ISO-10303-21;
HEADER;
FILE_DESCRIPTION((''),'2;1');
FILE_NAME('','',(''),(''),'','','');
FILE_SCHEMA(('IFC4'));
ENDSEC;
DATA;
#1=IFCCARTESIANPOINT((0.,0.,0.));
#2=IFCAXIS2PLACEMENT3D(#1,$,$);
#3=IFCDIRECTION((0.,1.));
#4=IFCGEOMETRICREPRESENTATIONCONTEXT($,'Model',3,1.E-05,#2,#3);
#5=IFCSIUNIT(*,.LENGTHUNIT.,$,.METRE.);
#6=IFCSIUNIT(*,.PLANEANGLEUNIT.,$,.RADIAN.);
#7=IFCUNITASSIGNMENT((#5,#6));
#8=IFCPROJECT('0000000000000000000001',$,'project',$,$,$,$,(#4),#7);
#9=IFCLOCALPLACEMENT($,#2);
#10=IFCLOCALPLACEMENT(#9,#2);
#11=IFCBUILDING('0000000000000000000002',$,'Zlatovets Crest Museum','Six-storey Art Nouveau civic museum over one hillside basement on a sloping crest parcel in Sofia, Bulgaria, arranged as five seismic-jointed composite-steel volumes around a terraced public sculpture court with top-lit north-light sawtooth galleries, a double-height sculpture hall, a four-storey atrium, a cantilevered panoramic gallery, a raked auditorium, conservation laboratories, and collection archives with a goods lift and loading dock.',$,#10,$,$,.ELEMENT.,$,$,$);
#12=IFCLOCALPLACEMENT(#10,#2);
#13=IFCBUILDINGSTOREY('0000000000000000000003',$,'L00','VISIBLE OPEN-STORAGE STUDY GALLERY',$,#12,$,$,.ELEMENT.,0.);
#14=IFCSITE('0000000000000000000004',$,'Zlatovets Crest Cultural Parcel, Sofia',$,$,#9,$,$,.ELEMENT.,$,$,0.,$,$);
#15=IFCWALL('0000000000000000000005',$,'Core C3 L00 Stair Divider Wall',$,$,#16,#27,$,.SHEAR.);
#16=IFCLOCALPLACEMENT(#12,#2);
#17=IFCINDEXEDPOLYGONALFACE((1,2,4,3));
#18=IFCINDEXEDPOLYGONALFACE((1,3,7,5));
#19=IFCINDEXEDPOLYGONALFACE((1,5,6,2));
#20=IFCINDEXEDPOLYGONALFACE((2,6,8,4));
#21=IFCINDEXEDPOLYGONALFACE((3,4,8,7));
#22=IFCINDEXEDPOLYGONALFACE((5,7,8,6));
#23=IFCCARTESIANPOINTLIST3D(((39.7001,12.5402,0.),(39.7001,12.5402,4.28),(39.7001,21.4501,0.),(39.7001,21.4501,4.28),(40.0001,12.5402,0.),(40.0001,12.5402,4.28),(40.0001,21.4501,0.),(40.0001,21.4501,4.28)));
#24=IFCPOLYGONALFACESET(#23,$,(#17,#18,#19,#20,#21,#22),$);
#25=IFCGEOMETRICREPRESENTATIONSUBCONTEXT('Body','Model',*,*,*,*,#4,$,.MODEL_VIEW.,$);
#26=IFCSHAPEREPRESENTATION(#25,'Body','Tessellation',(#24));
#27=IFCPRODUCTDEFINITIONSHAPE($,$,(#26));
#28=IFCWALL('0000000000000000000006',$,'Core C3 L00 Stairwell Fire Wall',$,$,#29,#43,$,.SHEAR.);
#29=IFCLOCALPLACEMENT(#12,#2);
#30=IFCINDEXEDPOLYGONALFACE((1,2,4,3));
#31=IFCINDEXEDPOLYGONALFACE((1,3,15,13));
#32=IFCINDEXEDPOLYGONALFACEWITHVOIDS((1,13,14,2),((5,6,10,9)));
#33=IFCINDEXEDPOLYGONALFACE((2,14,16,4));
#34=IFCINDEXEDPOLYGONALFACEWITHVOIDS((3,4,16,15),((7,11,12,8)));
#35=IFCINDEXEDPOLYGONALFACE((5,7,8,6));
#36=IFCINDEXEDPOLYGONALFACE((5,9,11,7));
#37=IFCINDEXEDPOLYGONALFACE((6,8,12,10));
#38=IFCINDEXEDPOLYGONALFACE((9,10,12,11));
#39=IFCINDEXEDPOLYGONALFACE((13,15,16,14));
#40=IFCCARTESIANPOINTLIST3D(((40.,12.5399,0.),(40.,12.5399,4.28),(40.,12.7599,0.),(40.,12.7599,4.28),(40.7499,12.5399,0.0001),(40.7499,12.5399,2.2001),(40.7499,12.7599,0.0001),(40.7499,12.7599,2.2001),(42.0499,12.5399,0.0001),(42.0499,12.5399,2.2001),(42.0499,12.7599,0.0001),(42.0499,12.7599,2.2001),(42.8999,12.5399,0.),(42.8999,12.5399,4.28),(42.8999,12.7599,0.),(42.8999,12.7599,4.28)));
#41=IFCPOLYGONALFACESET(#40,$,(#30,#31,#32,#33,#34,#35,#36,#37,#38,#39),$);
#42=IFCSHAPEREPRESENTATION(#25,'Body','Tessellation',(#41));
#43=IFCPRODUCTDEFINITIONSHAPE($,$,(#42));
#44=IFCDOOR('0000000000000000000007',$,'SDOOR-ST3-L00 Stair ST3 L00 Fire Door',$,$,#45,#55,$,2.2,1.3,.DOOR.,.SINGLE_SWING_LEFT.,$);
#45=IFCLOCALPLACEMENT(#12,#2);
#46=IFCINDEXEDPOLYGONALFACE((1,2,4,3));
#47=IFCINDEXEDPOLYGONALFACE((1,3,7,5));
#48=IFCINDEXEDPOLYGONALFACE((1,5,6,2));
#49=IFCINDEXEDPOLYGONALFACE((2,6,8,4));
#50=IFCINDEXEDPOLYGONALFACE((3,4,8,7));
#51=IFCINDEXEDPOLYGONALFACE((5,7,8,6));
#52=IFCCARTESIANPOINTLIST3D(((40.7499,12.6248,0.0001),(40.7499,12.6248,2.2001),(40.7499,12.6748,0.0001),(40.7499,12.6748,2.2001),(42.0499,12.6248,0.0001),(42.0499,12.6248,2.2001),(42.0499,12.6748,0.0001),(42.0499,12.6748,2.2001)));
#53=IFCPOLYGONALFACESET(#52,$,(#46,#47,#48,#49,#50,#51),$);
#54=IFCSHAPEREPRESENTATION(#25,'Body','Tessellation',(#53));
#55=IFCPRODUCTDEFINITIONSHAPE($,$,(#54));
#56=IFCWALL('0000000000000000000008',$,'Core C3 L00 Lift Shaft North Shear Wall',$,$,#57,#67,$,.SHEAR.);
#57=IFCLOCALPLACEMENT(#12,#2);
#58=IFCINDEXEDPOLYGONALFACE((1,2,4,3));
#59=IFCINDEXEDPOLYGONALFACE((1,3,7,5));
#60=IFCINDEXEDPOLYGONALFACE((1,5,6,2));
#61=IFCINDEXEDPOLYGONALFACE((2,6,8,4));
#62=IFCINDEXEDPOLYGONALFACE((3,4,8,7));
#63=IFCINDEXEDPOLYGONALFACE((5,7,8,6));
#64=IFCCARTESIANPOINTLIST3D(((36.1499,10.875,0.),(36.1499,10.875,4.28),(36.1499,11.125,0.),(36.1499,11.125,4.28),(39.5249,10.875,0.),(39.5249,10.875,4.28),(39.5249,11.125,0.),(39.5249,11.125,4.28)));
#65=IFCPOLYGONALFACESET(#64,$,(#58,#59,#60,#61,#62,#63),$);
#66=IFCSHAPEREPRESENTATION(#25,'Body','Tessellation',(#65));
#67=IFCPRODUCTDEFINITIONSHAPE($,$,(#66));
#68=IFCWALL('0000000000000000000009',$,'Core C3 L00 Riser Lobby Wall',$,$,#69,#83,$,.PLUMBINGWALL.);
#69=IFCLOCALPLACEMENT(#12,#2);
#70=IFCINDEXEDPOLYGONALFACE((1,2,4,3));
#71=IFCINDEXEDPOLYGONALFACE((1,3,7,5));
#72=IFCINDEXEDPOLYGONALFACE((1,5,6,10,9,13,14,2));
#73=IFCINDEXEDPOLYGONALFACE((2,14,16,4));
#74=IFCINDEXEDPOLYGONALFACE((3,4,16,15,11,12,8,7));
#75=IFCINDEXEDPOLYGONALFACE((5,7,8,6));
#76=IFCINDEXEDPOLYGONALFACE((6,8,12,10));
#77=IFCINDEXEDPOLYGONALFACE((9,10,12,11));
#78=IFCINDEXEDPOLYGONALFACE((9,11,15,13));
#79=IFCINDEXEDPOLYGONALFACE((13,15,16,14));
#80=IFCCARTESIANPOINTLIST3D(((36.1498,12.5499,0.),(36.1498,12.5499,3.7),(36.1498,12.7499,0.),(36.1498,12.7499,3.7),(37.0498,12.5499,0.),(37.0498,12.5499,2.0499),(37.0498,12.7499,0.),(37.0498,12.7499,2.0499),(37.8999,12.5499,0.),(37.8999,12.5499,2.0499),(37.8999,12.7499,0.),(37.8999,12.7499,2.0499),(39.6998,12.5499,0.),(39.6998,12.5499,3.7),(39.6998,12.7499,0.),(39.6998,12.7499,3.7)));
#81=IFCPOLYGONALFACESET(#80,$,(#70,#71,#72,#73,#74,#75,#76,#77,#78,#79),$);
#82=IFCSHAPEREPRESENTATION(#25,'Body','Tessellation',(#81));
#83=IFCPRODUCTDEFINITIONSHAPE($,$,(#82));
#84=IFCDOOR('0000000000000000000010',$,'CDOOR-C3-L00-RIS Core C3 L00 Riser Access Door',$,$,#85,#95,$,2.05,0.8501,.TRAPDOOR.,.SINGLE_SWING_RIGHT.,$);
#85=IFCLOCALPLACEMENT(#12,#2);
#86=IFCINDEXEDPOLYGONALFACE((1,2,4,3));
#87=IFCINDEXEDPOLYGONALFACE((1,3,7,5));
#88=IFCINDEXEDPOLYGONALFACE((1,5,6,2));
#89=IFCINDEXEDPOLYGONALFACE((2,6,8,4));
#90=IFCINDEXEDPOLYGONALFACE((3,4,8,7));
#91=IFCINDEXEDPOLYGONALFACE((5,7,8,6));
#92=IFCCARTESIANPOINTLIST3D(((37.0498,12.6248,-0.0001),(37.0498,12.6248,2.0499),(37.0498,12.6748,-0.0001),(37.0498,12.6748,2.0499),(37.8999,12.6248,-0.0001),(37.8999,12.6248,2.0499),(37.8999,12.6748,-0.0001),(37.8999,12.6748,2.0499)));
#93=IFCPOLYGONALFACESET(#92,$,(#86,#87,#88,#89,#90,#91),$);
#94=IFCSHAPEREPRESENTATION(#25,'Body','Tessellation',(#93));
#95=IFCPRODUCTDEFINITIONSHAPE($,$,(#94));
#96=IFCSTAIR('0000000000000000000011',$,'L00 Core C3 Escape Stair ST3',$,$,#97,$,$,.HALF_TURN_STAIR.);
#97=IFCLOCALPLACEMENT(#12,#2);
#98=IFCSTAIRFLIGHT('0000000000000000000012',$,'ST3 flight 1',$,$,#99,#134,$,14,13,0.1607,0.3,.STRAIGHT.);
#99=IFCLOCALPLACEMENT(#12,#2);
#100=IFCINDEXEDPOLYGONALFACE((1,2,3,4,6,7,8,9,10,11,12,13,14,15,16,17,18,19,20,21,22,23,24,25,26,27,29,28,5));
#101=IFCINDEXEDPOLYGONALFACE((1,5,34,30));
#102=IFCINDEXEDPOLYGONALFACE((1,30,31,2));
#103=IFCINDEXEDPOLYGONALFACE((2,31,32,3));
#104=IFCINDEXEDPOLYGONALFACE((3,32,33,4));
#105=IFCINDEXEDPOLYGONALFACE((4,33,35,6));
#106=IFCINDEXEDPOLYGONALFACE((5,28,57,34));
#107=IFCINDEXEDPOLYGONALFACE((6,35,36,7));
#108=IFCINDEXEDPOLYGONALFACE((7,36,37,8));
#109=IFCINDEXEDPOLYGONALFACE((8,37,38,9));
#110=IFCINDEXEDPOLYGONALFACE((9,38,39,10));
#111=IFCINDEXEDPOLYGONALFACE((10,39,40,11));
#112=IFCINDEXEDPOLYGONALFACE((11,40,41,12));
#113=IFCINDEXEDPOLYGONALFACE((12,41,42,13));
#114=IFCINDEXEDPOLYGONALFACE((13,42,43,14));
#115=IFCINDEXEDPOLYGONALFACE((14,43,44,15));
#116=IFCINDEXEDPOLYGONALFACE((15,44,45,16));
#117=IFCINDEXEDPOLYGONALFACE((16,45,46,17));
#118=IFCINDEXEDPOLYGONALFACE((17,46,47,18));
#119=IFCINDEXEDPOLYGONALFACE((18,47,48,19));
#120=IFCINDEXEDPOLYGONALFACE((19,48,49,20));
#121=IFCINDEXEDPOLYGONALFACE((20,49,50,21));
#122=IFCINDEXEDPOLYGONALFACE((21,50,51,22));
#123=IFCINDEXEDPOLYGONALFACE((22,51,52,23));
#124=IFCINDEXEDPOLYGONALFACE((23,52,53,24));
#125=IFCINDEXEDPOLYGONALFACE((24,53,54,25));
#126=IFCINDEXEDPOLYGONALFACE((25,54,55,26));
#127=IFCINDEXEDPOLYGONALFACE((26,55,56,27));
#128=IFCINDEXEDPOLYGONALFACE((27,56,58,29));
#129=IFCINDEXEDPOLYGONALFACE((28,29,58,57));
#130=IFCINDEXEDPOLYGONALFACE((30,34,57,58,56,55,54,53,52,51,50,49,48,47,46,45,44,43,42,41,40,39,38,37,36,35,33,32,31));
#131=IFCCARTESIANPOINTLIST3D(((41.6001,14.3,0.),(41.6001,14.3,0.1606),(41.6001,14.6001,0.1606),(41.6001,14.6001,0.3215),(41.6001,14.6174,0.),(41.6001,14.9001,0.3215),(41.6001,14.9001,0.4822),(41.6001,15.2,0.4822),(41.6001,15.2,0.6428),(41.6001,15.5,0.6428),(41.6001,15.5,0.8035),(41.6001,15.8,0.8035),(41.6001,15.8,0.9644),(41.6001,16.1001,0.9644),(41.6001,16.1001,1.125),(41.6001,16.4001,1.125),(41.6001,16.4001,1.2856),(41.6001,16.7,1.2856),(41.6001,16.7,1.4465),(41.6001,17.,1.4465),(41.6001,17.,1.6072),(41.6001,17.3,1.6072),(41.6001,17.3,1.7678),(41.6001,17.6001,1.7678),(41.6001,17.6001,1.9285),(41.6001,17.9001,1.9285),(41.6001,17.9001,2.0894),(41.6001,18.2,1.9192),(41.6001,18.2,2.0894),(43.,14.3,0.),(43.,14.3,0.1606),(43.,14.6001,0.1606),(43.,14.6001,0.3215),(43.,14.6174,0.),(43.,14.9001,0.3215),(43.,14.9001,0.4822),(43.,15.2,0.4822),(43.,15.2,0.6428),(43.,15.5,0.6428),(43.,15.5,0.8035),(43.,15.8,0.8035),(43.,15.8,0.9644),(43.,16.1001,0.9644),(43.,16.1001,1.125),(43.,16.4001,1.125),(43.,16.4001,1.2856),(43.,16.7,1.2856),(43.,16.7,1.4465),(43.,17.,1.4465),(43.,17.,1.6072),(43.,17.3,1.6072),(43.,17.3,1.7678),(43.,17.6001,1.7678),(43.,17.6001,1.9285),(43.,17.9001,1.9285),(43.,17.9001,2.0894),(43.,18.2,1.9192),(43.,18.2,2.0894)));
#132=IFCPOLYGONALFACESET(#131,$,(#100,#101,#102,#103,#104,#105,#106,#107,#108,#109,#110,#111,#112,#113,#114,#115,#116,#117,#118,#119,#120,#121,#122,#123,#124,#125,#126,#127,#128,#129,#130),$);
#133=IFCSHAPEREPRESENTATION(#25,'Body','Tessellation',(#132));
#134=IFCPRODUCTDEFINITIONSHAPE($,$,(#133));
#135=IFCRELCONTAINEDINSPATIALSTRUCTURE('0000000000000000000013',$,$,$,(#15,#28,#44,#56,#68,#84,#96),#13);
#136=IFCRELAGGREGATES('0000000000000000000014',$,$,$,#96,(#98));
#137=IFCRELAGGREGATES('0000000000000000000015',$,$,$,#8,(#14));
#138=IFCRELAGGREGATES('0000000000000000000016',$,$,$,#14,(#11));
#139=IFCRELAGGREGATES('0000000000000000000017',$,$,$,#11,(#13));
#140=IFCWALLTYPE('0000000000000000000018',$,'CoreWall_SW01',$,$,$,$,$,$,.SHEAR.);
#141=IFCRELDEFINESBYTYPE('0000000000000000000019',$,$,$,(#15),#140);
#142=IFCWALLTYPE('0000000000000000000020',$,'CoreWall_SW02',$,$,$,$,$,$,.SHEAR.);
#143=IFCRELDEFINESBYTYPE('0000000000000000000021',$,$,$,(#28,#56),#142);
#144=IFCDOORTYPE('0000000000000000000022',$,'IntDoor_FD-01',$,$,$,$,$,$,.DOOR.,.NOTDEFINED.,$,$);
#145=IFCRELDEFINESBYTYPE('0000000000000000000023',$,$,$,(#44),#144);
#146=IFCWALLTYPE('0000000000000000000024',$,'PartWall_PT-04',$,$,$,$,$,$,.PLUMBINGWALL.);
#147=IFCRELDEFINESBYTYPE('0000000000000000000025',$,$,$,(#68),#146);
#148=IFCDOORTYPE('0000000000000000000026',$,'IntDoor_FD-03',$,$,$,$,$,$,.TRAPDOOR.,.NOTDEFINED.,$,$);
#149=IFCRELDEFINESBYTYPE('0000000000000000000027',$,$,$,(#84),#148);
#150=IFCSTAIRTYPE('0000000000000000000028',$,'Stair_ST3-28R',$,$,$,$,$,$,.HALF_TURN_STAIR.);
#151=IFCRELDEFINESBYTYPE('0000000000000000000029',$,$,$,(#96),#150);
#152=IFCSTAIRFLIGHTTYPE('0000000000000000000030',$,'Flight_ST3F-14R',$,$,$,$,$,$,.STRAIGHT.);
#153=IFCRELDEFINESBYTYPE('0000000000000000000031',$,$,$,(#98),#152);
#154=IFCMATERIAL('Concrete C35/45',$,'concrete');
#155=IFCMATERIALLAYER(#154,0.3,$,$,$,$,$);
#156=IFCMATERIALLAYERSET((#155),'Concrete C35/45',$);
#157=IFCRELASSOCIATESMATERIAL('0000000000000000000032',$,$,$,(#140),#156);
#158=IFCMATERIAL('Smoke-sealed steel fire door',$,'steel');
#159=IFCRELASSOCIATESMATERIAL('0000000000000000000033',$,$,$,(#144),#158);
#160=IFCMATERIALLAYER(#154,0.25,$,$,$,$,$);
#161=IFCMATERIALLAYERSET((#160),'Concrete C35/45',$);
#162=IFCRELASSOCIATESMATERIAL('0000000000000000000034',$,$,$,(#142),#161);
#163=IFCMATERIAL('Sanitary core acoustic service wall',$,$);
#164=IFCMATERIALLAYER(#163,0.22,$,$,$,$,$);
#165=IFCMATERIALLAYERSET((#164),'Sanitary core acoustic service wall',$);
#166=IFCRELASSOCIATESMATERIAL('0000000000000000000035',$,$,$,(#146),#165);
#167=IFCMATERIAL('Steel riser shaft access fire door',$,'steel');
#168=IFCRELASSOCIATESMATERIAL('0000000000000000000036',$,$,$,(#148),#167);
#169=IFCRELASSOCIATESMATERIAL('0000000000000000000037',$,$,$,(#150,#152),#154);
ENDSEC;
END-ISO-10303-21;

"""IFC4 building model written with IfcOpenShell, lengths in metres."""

from ifc_helpers import new_model, si_unit, direction, frame, frame_2d, origin, place, context, subcontext, project, spatial, polyline, rectangle, outline, extrude, material, layer, layer_set, type_object, element, fill, aggregate, save


model = new_model("IFC4")

# Units and contexts
model_context = context("Model", 3, precision=1e-05, world=origin(), true_north=direction((0.0, 1.0)))
body_context = subcontext(model_context, "Body", "Model", "MODEL_VIEW")
ifc_project = project(units=[si_unit("LENGTHUNIT", "METRE"), si_unit("PLANEANGLEUNIT", "RADIAN")], contexts=[model_context])

# Site, building, storey
site_placement = place(None, origin())
site = spatial("IfcSite", under=ifc_project, at=site_placement, Name="Zlatovets Crest Cultural Parcel, Sofia", CompositionType="ELEMENT", RefElevation=0.0)
building_placement = place(site_placement, origin())
building = spatial("IfcBuilding", under=site, at=building_placement, Name="Zlatovets Crest Museum", Description="Six-storey Art Nouveau civic museum over one hillside basement on a sloping crest parcel in Sofia, Bulgaria, arranged as five seismic-jointed composite-steel volumes around a terraced public sculpture court with top-lit north-light sawtooth galleries, a double-height sculpture hall, a four-storey atrium, a cantilevered panoramic gallery, a raked auditorium, conservation laboratories, and collection archives with a goods lift and loading dock.", CompositionType="ELEMENT")
storey_placement = place(building_placement, origin())
storey = spatial("IfcBuildingStorey", under=building, at=storey_placement, Name="L00", Description="VISIBLE OPEN-STORAGE STUDY GALLERY", CompositionType="ELEMENT", Elevation=0.0)

# Shared definitions
ifc_material_1 = material(Name="Concrete C35/45", Category="concrete")
ifc_layer_1 = layer(ifc_material_1, 0.3)
ifc_layer_set_1 = layer_set([ifc_layer_1], Name="Concrete C35/45")
wall_type_1 = type_object("IfcWallType", Name="CoreWall_SW01", PredefinedType="SHEAR", material=ifc_layer_set_1)
ifc_material_2 = material(Name="Smoke-sealed steel fire door", Category="steel")
door_type_1 = type_object("IfcDoorType", Name="IntDoor_FD-01", OperationType="NOTDEFINED", PredefinedType="DOOR", material=ifc_material_2)

# Wall
wall_1_placement = place(storey_placement, frame((39.8501, 12.54, 0.0), z_axis=(0.0, 0.0, 1.0), x_axis=(0.0, 1.0, 0.0)))
element("IfcWall", 1, at=wall_1_placement, inside=storey, type_object=wall_type_1, Name="Core C3 L00 Stair Divider Wall", PredefinedType="SHEAR", context=body_context, shape_type="SweptSolid", body=[
    extrude(rectangle(XDim=8.9099, YDim=0.3, at=frame_2d((4.4551, 0.0))), origin(), (0.0, 0.0, 1.0), 4.28),
])

# Wall, opening, door
ifc_layer_2 = layer(ifc_material_1, 0.25)
ifc_layer_set_2 = layer_set([ifc_layer_2], Name="Concrete C35/45")
wall_type_2 = type_object("IfcWallType", Name="CoreWall_SW02", PredefinedType="SHEAR", material=ifc_layer_set_2)
wall_2_placement = place(storey_placement, frame((40.0, 12.6499, 0.0), z_axis=(0.0, 0.0, 1.0), x_axis=(1.0, 0.0, 0.0)))
wall_2 = element("IfcWall", 2, at=wall_2_placement, inside=storey, type_object=wall_type_2, Name="Core C3 L00 Stairwell Fire Wall", PredefinedType="SHEAR", context=body_context, shape_type="SweptSolid", body=[
    extrude(rectangle(XDim=2.8999, YDim=0.22, at=frame_2d((1.45, 0.0))), origin(), (0.0, 0.0, 1.0), 4.28),
])
opening_1_placement = place(wall_2_placement, frame((0.75, 0.0, 0.0)))
opening_1 = element("IfcOpeningElement", 3, at=opening_1_placement, cuts=wall_2, PredefinedType="OPENING", context=body_context, shape_type="SweptSolid", body=[
    extrude(rectangle(XDim=1.3, YDim=2.2, at=frame_2d((0.6499, 1.1001))), frame((0.0, 0.1201, 0.0), z_axis=(0.0, -1.0, 0.0), x_axis=(1.0, 0.0, 0.0)), (0.0, 0.0, 1.0), 0.24),
])
door_1_placement = place(opening_1_placement, origin())
door_1 = element("IfcDoor", 4, at=door_1_placement, inside=storey, type_object=door_type_1, Name="SDOOR-ST3-L00 Stair ST3 L00 Fire Door", OperationType="SINGLE_SWING_LEFT", OverallHeight=2.2, OverallWidth=1.3, PredefinedType="DOOR", context=body_context, shape_type="SweptSolid", body=[
    extrude(rectangle(XDim=1.3, YDim=2.2, at=frame_2d((0.6499, 1.1001))), frame((0.0, 0.0249, 0.0), z_axis=(0.0, -1.0, 0.0), x_axis=(1.0, 0.0, 0.0)), (0.0, 0.0, 1.0), 0.05),
])
fill(opening_1, door_1)

# Wall
wall_3_placement = place(storey_placement, frame((36.1499, 11.0, 0.0), z_axis=(0.0, 0.0, 1.0), x_axis=(1.0, 0.0, 0.0)))
element("IfcWall", 5, at=wall_3_placement, inside=storey, type_object=wall_type_2, Name="Core C3 L00 Lift Shaft North Shear Wall", PredefinedType="SHEAR", context=body_context, shape_type="SweptSolid", body=[
    extrude(rectangle(XDim=3.375, YDim=0.25, at=frame_2d((1.6875, 0.0))), origin(), (0.0, 0.0, 1.0), 4.28),
])

# Wall, opening, door
ifc_material_3 = material(Name="Sanitary core acoustic service wall")
ifc_layer_3 = layer(ifc_material_3, 0.22)
ifc_layer_set_3 = layer_set([ifc_layer_3], Name="Sanitary core acoustic service wall")
wall_type_3 = type_object("IfcWallType", Name="PartWall_PT-04", PredefinedType="PLUMBINGWALL", material=ifc_layer_set_3)
wall_4_placement = place(storey_placement, frame((36.1499, 12.6499, 0.0), z_axis=(0.0, 0.0, 1.0), x_axis=(1.0, 0.0, 0.0)))
wall_4 = element("IfcWall", 6, at=wall_4_placement, inside=storey, type_object=wall_type_3, Name="Core C3 L00 Riser Lobby Wall", PredefinedType="PLUMBINGWALL", context=body_context, shape_type="SweptSolid", body=[
    extrude(rectangle(XDim=3.55, YDim=0.2, at=frame_2d((1.7749, 0.0))), origin(), (0.0, 0.0, 1.0), 3.7),
])
opening_2_placement = place(wall_4_placement, frame((0.8999, 0.0, 0.0)))
opening_2 = element("IfcOpeningElement", 7, at=opening_2_placement, cuts=wall_4, PredefinedType="OPENING", context=body_context, shape_type="SweptSolid", body=[
    extrude(rectangle(XDim=0.8501, YDim=2.05, at=frame_2d((0.425, 1.0249))), frame((0.0, 0.1099, 0.0), z_axis=(0.0, -1.0, 0.0), x_axis=(1.0, 0.0, 0.0)), (0.0, 0.0, 1.0), 0.22),
])
ifc_material_4 = material(Name="Steel riser shaft access fire door", Category="steel")
door_type_2 = type_object("IfcDoorType", Name="IntDoor_FD-03", OperationType="NOTDEFINED", PredefinedType="TRAPDOOR", material=ifc_material_4)
door_2_placement = place(opening_2_placement, origin())
door_2 = element("IfcDoor", 8, at=door_2_placement, inside=storey, type_object=door_type_2, Name="CDOOR-C3-L00-RIS Core C3 L00 Riser Access Door", OperationType="SINGLE_SWING_RIGHT", OverallHeight=2.05, OverallWidth=0.8501, PredefinedType="TRAPDOOR", context=body_context, shape_type="SweptSolid", body=[
    extrude(rectangle(XDim=0.8501, YDim=2.05, at=frame_2d((0.425, 1.0249))), frame((0.0, 0.0249, 0.0), z_axis=(0.0, -1.0, 0.0), x_axis=(1.0, 0.0, 0.0)), (0.0, 0.0, 1.0), 0.05),
])
fill(opening_2, door_2)

# Stair, stair flight
stair_type = type_object("IfcStairType", Name="Stair_ST3-28R", PredefinedType="HALF_TURN_STAIR", material=ifc_material_1)
stair_placement = place(storey_placement, origin())
stair = element("IfcStair", 9, at=stair_placement, inside=storey, type_object=stair_type, Name="L00 Core C3 Escape Stair ST3", PredefinedType="HALF_TURN_STAIR")
stair_flight_type = type_object("IfcStairFlightType", Name="Flight_ST3F-14R", PredefinedType="STRAIGHT", material=ifc_material_1)
stair_flight_placement = place(storey_placement, frame((42.3, 14.3, 0.0), z_axis=(0.0, 0.0, 1.0), x_axis=(0.0, 1.0, 0.0)))
stair_flight = element("IfcStairFlight", 10, at=stair_flight_placement, type_object=stair_flight_type, Name="ST3 flight 1", NumberOfRisers=14, NumberOfTreads=13, PredefinedType="STRAIGHT", RiserHeight=0.1607, TreadLength=0.3, context=body_context, shape_type="SweptSolid", body=[
    extrude(outline(polyline([(0.0, 0.0), (0.0, 0.1606), (0.3, 0.1606), (0.3, 0.3215), (0.6001, 0.3215), (0.6001, 0.4822), (0.8999, 0.4822), (0.8999, 0.6428), (1.2, 0.6428), (1.2, 0.8035), (1.5, 0.8035), (1.5, 0.9644), (1.8, 0.9644), (1.8, 1.125), (2.1001, 1.125), (2.1001, 1.2856), (2.3999, 1.2856), (2.3999, 1.4465), (2.7, 1.4465), (2.7, 1.6072), (3.0, 1.6072), (3.0, 1.7678), (3.3, 1.7678), (3.3, 1.9285), (3.6001, 1.9285), (3.6001, 2.0894), (3.8999, 2.0894), (3.8999, 2.25), (3.8999, 1.9192), (0.3174, 0.0), (0.0, 0.0)])), frame((0.0, 0.7, 0.0), z_axis=(0.0, -1.0, 0.0), x_axis=(1.0, 0.0, 0.0)), (0.0, 0.0, 1.0), 1.3999),
])
aggregate(stair, [stair_flight])

save(model, "model.ifc")
